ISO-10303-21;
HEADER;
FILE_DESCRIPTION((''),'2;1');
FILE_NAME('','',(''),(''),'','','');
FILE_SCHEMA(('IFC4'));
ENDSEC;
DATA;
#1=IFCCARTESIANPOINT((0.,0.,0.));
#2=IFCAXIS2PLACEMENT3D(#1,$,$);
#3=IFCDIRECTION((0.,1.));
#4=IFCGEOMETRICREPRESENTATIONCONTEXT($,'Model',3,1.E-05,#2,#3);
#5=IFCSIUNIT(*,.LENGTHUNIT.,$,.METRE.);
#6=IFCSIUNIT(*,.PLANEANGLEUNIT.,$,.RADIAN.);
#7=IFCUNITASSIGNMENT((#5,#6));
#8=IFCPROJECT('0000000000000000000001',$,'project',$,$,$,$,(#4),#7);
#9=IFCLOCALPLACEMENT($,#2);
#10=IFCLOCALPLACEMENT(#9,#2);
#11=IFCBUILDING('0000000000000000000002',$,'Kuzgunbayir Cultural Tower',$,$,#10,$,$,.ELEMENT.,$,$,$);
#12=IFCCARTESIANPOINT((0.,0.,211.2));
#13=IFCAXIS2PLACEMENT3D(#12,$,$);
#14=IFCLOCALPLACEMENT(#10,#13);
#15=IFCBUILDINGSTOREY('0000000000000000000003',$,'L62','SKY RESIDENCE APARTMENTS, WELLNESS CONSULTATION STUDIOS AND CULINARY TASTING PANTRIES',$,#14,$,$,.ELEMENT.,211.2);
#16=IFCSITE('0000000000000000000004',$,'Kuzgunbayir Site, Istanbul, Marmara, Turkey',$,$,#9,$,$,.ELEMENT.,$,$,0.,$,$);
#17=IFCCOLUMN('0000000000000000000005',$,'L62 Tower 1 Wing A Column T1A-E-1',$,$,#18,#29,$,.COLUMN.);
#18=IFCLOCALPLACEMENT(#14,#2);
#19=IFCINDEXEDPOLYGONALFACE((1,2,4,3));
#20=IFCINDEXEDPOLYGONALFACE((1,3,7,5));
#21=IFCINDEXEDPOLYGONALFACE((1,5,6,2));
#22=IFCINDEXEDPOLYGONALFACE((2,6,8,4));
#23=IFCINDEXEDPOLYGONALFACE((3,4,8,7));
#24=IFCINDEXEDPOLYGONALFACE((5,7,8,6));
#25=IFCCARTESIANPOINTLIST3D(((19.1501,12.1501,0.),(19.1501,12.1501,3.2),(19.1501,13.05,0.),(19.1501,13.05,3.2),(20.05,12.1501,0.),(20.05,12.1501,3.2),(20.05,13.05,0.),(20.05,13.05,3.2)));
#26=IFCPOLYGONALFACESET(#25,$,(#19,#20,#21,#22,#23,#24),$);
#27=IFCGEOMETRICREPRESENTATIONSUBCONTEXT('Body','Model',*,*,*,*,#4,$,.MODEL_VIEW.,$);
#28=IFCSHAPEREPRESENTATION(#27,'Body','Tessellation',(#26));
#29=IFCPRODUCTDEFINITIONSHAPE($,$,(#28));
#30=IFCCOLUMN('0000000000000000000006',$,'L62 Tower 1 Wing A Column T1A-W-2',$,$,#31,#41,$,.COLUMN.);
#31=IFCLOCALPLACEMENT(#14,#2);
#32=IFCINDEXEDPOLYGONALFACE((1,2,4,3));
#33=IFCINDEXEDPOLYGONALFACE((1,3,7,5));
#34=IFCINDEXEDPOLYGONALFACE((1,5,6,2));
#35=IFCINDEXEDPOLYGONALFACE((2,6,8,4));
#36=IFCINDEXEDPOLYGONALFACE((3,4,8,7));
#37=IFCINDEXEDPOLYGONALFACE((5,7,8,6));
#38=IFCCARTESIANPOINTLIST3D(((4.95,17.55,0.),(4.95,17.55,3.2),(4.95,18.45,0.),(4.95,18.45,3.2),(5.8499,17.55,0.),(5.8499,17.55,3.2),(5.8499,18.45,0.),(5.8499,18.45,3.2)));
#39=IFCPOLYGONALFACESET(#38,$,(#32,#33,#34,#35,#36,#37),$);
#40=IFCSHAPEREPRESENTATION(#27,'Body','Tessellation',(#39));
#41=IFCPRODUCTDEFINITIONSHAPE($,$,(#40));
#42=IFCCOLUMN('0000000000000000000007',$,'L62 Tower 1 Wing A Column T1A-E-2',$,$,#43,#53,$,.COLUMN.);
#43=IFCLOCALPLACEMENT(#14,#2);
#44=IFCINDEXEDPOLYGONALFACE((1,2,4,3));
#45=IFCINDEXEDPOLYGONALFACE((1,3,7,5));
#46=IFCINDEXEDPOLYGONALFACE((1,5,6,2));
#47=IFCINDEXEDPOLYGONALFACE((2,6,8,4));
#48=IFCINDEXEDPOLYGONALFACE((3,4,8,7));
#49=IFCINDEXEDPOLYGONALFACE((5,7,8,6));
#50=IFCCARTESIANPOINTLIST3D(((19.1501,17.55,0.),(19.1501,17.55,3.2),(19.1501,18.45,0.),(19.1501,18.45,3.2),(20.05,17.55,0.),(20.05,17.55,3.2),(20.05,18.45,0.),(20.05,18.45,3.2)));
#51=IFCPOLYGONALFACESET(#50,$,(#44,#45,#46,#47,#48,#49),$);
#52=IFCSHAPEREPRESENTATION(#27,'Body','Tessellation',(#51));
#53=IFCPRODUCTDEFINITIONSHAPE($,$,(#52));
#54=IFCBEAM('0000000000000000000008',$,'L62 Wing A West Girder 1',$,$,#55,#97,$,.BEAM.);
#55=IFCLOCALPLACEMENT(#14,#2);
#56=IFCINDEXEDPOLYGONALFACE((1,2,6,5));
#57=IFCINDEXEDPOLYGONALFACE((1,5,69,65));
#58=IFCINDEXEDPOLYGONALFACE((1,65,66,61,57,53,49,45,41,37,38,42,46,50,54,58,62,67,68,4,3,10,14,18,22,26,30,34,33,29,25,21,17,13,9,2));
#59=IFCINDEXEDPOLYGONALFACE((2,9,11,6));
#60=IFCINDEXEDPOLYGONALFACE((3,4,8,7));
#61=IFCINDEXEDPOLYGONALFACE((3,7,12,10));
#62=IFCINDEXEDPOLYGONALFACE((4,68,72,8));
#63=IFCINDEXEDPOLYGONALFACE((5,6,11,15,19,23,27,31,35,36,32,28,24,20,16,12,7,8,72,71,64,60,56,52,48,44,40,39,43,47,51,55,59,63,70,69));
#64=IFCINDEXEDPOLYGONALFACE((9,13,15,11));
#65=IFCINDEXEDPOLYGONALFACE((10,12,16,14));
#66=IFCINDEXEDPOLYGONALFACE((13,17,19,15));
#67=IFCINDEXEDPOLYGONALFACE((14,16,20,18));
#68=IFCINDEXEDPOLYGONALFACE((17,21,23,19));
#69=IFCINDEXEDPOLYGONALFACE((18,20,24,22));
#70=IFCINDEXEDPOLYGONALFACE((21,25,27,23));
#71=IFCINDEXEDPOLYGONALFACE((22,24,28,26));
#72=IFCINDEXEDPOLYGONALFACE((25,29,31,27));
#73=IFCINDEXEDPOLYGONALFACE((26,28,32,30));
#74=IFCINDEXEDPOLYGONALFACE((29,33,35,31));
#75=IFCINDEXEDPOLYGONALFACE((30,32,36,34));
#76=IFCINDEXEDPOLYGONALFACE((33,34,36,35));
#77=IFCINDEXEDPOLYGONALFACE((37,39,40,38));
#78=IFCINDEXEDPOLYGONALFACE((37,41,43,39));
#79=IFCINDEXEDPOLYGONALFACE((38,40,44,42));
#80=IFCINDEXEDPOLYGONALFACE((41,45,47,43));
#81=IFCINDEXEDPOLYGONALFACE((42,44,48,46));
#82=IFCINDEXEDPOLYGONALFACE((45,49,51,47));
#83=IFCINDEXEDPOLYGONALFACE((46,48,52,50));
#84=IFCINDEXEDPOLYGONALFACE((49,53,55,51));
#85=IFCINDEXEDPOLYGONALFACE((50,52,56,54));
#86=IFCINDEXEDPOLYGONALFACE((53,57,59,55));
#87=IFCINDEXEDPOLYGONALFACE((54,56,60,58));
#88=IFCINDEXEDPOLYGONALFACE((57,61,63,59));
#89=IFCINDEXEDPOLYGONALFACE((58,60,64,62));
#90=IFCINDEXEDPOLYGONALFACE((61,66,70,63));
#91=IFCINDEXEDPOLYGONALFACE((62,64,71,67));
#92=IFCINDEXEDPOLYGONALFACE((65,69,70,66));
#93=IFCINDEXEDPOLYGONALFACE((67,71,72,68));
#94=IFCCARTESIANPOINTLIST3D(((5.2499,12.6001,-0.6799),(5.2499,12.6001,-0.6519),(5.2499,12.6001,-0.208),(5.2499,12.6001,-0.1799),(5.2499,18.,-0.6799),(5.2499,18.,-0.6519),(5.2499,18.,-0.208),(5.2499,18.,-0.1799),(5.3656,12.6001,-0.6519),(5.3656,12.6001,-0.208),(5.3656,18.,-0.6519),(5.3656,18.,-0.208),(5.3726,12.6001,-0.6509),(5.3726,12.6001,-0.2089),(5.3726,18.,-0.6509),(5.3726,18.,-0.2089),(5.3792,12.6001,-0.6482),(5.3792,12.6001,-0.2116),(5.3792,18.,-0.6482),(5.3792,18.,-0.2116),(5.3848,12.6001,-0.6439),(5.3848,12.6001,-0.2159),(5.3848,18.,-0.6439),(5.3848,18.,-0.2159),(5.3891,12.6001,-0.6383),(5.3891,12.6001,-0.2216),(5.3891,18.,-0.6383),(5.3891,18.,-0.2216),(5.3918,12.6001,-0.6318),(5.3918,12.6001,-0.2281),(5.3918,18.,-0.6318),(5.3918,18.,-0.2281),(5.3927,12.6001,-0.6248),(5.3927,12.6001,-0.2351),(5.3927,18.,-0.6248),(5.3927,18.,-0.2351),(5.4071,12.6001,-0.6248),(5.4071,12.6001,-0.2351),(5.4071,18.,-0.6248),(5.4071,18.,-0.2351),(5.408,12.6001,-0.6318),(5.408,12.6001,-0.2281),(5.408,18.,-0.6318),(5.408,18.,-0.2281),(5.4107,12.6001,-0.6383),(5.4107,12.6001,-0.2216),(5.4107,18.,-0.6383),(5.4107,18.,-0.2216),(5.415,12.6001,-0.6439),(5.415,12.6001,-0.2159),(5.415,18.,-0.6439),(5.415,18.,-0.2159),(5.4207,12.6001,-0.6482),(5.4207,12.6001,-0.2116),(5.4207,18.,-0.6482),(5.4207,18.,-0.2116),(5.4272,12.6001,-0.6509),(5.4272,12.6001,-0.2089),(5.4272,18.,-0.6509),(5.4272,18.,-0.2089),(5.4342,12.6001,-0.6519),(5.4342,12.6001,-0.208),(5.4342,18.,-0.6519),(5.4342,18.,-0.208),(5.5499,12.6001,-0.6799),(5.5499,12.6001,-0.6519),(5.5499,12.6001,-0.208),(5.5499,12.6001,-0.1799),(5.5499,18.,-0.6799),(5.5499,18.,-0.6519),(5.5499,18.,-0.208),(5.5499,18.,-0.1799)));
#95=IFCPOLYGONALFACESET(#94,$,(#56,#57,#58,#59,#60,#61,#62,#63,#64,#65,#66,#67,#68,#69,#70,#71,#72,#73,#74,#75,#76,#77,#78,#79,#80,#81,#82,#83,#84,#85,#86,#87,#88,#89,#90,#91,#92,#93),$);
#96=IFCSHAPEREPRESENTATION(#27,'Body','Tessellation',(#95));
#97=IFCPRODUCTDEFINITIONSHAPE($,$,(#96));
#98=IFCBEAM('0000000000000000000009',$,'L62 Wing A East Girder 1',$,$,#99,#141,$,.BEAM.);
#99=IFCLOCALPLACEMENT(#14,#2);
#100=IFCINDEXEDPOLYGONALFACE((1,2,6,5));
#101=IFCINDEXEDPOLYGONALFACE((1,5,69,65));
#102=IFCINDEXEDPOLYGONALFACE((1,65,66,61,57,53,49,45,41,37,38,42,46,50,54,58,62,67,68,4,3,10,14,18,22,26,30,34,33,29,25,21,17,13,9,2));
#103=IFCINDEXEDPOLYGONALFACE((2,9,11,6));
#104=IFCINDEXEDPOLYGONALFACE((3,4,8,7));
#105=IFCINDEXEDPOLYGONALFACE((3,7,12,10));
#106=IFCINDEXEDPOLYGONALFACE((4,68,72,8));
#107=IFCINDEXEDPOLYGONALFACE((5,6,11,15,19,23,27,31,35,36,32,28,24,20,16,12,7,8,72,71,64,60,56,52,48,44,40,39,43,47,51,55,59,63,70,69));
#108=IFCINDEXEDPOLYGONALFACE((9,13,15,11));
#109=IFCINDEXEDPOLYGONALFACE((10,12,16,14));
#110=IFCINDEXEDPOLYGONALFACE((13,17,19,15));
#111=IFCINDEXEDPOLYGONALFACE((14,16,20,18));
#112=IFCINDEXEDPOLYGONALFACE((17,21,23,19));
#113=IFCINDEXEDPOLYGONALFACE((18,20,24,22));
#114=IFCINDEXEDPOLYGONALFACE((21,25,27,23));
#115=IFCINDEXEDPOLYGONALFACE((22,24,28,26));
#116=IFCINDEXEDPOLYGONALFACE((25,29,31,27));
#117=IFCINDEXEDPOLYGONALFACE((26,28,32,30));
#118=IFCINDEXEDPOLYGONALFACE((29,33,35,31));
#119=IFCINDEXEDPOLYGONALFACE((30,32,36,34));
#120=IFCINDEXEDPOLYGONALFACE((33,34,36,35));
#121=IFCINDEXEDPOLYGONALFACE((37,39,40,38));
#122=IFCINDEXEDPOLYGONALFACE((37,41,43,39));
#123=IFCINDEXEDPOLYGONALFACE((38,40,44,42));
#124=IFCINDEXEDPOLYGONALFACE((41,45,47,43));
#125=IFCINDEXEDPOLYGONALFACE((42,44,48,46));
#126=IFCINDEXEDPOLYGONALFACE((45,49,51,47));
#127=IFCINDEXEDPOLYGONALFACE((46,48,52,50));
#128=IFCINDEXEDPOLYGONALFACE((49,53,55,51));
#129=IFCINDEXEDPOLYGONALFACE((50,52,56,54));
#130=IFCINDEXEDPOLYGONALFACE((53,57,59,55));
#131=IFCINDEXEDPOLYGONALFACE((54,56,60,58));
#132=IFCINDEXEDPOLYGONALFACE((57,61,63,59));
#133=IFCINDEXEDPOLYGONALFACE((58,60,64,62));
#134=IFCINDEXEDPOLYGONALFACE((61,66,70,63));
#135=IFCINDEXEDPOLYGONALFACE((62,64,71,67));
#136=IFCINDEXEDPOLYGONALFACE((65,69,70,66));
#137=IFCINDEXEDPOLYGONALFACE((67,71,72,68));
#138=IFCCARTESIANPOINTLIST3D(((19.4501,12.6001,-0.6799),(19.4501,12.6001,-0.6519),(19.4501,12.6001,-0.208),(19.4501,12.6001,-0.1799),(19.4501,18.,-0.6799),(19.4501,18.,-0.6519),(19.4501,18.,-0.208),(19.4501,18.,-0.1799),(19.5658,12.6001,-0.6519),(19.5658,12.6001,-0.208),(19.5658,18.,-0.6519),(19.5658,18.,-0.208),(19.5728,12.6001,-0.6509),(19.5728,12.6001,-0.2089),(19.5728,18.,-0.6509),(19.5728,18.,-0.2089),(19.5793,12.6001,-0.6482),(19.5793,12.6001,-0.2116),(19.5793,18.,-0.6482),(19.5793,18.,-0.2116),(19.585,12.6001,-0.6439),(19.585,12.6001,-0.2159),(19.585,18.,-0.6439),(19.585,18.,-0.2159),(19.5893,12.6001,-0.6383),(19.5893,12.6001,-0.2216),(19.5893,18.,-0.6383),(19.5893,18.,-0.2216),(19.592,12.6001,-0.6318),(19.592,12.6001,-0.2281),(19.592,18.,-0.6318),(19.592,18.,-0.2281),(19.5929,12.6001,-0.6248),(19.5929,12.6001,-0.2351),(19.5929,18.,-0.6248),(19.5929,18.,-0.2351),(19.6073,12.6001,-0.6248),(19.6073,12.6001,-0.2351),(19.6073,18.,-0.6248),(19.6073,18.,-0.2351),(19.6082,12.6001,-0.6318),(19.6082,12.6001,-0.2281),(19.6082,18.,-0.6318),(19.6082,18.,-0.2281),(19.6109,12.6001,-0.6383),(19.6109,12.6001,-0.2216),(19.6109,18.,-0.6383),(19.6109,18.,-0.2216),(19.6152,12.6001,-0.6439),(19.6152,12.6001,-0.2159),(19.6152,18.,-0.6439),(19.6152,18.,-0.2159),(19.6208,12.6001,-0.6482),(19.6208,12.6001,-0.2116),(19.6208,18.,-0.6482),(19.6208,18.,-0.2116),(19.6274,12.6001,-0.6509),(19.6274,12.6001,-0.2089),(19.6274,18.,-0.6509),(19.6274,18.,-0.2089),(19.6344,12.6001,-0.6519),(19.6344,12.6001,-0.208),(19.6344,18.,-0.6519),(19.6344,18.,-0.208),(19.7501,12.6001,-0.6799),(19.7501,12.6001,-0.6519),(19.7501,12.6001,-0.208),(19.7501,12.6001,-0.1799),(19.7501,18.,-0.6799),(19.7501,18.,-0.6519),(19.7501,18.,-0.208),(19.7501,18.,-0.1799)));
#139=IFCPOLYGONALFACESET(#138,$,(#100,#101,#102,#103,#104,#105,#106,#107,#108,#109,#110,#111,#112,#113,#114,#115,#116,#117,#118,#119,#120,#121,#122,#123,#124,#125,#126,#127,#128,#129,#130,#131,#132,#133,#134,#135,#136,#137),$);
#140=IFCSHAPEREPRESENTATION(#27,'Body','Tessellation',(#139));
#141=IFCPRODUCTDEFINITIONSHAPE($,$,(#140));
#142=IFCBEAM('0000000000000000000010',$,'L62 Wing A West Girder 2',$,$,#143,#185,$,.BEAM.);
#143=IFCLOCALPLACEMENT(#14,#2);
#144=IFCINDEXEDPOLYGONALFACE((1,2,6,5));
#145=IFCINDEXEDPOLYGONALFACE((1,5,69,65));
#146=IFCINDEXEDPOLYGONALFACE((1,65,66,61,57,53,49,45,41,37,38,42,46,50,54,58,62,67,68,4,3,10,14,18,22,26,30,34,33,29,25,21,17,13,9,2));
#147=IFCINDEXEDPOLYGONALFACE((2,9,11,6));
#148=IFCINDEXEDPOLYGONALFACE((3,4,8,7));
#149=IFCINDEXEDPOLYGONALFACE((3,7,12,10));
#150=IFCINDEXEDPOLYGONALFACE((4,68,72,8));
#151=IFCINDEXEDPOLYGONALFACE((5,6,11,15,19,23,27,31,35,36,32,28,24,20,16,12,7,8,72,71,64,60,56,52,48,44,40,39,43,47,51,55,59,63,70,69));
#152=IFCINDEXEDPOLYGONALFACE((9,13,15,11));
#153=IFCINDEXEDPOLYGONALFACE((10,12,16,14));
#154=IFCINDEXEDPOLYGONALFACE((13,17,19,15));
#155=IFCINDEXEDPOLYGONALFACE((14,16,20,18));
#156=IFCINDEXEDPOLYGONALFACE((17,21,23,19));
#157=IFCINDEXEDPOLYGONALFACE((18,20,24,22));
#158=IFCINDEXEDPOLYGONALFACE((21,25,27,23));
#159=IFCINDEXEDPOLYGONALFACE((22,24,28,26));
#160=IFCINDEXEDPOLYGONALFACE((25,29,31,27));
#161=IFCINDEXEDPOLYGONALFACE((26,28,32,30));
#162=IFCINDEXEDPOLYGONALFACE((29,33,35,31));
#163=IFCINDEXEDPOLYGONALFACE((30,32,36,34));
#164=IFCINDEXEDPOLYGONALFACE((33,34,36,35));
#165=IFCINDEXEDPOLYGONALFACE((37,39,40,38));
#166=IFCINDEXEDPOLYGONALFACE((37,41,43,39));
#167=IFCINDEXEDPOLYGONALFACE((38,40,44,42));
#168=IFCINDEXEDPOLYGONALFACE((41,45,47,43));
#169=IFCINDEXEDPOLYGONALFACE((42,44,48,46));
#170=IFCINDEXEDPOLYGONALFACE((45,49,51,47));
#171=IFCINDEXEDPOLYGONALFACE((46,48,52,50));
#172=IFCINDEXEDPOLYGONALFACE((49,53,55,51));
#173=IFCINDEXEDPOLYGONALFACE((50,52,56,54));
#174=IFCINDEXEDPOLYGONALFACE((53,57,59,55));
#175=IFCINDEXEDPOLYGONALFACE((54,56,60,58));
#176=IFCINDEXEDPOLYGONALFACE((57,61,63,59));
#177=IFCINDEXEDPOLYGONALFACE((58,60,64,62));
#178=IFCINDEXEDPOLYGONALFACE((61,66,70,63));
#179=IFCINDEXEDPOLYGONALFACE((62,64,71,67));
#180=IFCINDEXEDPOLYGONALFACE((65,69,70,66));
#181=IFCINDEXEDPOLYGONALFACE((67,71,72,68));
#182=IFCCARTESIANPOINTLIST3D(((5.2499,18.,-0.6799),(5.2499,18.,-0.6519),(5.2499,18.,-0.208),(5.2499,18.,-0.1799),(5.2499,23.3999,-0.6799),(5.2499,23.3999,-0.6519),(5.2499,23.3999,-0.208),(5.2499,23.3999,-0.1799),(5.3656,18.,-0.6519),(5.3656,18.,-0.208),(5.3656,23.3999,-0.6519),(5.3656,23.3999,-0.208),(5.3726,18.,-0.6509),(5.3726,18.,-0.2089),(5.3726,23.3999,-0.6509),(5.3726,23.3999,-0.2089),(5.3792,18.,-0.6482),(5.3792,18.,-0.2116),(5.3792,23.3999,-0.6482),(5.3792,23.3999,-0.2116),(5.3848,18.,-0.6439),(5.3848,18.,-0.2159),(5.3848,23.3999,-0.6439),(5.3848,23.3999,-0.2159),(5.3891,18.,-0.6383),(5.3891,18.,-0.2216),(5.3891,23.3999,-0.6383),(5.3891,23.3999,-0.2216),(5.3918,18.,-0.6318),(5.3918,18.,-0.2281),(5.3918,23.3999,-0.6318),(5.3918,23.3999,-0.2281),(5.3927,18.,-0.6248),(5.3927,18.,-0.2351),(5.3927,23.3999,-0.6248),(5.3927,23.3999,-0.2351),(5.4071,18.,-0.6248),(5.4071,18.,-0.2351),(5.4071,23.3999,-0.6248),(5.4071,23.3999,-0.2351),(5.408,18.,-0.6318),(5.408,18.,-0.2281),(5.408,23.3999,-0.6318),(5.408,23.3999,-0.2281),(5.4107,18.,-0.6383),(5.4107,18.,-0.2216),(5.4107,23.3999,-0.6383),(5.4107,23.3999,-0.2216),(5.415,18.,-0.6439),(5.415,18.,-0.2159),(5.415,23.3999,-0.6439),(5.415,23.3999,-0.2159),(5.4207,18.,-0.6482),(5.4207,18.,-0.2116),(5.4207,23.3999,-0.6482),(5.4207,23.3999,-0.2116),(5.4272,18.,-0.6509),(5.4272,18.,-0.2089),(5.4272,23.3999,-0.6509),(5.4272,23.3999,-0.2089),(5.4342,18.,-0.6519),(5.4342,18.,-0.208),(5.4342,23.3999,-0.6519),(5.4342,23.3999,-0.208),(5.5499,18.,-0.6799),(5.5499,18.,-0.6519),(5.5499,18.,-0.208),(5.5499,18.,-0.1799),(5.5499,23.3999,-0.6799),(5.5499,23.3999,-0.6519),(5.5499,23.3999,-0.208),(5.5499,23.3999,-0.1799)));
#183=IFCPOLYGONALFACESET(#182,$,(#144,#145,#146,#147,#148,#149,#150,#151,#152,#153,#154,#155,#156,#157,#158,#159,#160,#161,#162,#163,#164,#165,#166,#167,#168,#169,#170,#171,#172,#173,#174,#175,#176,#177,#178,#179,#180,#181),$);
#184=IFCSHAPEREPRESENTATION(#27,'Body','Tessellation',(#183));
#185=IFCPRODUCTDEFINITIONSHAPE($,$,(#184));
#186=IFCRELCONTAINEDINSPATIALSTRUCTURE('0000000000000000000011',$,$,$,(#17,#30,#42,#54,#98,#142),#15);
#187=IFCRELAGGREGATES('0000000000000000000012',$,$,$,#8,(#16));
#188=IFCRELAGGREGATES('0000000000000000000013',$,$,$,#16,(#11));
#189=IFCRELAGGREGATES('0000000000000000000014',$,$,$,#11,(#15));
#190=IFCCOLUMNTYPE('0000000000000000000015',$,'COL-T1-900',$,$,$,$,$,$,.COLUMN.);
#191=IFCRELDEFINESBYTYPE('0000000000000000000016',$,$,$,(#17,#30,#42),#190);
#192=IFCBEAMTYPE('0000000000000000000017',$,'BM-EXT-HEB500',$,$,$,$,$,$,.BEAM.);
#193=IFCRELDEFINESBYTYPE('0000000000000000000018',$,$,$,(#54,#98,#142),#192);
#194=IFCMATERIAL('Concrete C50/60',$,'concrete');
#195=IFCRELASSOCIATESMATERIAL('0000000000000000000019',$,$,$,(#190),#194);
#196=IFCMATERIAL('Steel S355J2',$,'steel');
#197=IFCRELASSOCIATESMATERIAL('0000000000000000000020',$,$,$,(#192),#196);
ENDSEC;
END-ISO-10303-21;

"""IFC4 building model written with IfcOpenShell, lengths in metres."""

from ifc_helpers import new_model, si_unit, direction, frame, origin, origin_2d, place, context, subcontext, project, spatial, rectangle, i_section, extrude, material, material_profile, profile_set, type_object, element, save


model = new_model("IFC4")

# Units and contexts
model_context = context("Model", 3, precision=1e-05, world=origin(), true_north=direction((0.0, 1.0)))
body_context = subcontext(model_context, "Body", "Model", "MODEL_VIEW")
ifc_project = project(units=[si_unit("LENGTHUNIT", "METRE"), si_unit("PLANEANGLEUNIT", "RADIAN")], contexts=[model_context])

# Site, building, storey
site_placement = place(None, origin())
site = spatial("IfcSite", under=ifc_project, at=site_placement, Name="Kuzgunbayir Site, Istanbul, Marmara, Turkey", CompositionType="ELEMENT", RefElevation=0.0)
building_placement = place(site_placement, origin())
building = spatial("IfcBuilding", under=site, at=building_placement, Name="Kuzgunbayir Cultural Tower", CompositionType="ELEMENT")
storey_placement = place(building_placement, frame((0.0, 0.0, 211.2)))
storey = spatial("IfcBuildingStorey", under=building, at=storey_placement, Name="L62", Description="SKY RESIDENCE APARTMENTS, WELLNESS CONSULTATION STUDIOS AND CULINARY TASTING PANTRIES", CompositionType="ELEMENT", Elevation=211.2)

# Columns
ifc_material_1 = material(Name="Concrete C50/60", Category="concrete")
ifc_material_profile_1 = material_profile(ifc_material_1, rectangle(XDim=0.8999, YDim=0.8999, at=origin_2d()), Name="RC 900x900")
ifc_profile_set_1 = profile_set([ifc_material_profile_1], Name="Concrete C50/60")
column_type = type_object("IfcColumnType", Name="COL-T1-900", PredefinedType="COLUMN", material=ifc_profile_set_1)
for number, where, z_axis, x_axis, name in (
    (1, (19.6001, 12.6001, 0.0), (0.0, 0.0, 1.0), (1.0, 0.0, 0.0), "L62 Tower 1 Wing A Column T1A-E-1"),
    (2, (5.3999, 18.0, 0.0), (0.0, 0.0, 1.0), (1.0, 0.0, 0.0), "L62 Tower 1 Wing A Column T1A-W-2"),
    (3, (19.6001, 18.0, 0.0), (0.0, 0.0, 1.0), (1.0, 0.0, 0.0), "L62 Tower 1 Wing A Column T1A-E-2"),
):
    element("IfcColumn", number, at=place(storey_placement, frame(where, z_axis=z_axis, x_axis=x_axis)), inside=storey, type_object=column_type, Name=name, PredefinedType="COLUMN", context=body_context, shape_type="SweptSolid", body=[
        extrude(rectangle(XDim=0.8999, YDim=0.8999, at=origin_2d()), origin(), (0.0, 0.0, 1.0), 3.2),
    ])

# Beams
ifc_material_2 = material(Name="Steel S355J2", Category="steel")
ifc_material_profile_2 = material_profile(ifc_material_2, i_section(OverallWidth=0.3, OverallDepth=0.5, WebThickness=0.0144, FlangeThickness=0.0281, FilletRadius=0.0271, at=origin_2d()), Name="HEB 500")
ifc_profile_set_2 = profile_set([ifc_material_profile_2], Name="Steel S355J2")
beam_type_1 = type_object("IfcBeamType", Name="BM-EXT-HEB500", PredefinedType="BEAM", material=ifc_profile_set_2)
for number, where, z_axis, x_axis, name in (
    (4, (5.3999, 12.6001, -0.4299), (0.0, 1.0, 0.0), (-1.0, 0.0, 0.0), "L62 Wing A West Girder 1"),
    (5, (19.6001, 12.6001, -0.4299), (0.0, 1.0, 0.0), (-1.0, 0.0, 0.0), "L62 Wing A East Girder 1"),
    (6, (5.3999, 18.0, -0.4299), (0.0, 1.0, 0.0), (-1.0, 0.0, 0.0), "L62 Wing A West Girder 2"),
):
    element("IfcBeam", number, at=place(storey_placement, frame(where, z_axis=z_axis, x_axis=x_axis)), inside=storey, type_object=beam_type_1, Name=name, PredefinedType="BEAM", context=body_context, shape_type="SweptSolid", body=[
        extrude(i_section(OverallWidth=0.3, OverallDepth=0.5, WebThickness=0.0144, FlangeThickness=0.0281, FilletRadius=0.0271, at=origin_2d()), origin(), (0.0, 0.0, 1.0), 5.3999),
    ])

save(model, "model.ifc")
